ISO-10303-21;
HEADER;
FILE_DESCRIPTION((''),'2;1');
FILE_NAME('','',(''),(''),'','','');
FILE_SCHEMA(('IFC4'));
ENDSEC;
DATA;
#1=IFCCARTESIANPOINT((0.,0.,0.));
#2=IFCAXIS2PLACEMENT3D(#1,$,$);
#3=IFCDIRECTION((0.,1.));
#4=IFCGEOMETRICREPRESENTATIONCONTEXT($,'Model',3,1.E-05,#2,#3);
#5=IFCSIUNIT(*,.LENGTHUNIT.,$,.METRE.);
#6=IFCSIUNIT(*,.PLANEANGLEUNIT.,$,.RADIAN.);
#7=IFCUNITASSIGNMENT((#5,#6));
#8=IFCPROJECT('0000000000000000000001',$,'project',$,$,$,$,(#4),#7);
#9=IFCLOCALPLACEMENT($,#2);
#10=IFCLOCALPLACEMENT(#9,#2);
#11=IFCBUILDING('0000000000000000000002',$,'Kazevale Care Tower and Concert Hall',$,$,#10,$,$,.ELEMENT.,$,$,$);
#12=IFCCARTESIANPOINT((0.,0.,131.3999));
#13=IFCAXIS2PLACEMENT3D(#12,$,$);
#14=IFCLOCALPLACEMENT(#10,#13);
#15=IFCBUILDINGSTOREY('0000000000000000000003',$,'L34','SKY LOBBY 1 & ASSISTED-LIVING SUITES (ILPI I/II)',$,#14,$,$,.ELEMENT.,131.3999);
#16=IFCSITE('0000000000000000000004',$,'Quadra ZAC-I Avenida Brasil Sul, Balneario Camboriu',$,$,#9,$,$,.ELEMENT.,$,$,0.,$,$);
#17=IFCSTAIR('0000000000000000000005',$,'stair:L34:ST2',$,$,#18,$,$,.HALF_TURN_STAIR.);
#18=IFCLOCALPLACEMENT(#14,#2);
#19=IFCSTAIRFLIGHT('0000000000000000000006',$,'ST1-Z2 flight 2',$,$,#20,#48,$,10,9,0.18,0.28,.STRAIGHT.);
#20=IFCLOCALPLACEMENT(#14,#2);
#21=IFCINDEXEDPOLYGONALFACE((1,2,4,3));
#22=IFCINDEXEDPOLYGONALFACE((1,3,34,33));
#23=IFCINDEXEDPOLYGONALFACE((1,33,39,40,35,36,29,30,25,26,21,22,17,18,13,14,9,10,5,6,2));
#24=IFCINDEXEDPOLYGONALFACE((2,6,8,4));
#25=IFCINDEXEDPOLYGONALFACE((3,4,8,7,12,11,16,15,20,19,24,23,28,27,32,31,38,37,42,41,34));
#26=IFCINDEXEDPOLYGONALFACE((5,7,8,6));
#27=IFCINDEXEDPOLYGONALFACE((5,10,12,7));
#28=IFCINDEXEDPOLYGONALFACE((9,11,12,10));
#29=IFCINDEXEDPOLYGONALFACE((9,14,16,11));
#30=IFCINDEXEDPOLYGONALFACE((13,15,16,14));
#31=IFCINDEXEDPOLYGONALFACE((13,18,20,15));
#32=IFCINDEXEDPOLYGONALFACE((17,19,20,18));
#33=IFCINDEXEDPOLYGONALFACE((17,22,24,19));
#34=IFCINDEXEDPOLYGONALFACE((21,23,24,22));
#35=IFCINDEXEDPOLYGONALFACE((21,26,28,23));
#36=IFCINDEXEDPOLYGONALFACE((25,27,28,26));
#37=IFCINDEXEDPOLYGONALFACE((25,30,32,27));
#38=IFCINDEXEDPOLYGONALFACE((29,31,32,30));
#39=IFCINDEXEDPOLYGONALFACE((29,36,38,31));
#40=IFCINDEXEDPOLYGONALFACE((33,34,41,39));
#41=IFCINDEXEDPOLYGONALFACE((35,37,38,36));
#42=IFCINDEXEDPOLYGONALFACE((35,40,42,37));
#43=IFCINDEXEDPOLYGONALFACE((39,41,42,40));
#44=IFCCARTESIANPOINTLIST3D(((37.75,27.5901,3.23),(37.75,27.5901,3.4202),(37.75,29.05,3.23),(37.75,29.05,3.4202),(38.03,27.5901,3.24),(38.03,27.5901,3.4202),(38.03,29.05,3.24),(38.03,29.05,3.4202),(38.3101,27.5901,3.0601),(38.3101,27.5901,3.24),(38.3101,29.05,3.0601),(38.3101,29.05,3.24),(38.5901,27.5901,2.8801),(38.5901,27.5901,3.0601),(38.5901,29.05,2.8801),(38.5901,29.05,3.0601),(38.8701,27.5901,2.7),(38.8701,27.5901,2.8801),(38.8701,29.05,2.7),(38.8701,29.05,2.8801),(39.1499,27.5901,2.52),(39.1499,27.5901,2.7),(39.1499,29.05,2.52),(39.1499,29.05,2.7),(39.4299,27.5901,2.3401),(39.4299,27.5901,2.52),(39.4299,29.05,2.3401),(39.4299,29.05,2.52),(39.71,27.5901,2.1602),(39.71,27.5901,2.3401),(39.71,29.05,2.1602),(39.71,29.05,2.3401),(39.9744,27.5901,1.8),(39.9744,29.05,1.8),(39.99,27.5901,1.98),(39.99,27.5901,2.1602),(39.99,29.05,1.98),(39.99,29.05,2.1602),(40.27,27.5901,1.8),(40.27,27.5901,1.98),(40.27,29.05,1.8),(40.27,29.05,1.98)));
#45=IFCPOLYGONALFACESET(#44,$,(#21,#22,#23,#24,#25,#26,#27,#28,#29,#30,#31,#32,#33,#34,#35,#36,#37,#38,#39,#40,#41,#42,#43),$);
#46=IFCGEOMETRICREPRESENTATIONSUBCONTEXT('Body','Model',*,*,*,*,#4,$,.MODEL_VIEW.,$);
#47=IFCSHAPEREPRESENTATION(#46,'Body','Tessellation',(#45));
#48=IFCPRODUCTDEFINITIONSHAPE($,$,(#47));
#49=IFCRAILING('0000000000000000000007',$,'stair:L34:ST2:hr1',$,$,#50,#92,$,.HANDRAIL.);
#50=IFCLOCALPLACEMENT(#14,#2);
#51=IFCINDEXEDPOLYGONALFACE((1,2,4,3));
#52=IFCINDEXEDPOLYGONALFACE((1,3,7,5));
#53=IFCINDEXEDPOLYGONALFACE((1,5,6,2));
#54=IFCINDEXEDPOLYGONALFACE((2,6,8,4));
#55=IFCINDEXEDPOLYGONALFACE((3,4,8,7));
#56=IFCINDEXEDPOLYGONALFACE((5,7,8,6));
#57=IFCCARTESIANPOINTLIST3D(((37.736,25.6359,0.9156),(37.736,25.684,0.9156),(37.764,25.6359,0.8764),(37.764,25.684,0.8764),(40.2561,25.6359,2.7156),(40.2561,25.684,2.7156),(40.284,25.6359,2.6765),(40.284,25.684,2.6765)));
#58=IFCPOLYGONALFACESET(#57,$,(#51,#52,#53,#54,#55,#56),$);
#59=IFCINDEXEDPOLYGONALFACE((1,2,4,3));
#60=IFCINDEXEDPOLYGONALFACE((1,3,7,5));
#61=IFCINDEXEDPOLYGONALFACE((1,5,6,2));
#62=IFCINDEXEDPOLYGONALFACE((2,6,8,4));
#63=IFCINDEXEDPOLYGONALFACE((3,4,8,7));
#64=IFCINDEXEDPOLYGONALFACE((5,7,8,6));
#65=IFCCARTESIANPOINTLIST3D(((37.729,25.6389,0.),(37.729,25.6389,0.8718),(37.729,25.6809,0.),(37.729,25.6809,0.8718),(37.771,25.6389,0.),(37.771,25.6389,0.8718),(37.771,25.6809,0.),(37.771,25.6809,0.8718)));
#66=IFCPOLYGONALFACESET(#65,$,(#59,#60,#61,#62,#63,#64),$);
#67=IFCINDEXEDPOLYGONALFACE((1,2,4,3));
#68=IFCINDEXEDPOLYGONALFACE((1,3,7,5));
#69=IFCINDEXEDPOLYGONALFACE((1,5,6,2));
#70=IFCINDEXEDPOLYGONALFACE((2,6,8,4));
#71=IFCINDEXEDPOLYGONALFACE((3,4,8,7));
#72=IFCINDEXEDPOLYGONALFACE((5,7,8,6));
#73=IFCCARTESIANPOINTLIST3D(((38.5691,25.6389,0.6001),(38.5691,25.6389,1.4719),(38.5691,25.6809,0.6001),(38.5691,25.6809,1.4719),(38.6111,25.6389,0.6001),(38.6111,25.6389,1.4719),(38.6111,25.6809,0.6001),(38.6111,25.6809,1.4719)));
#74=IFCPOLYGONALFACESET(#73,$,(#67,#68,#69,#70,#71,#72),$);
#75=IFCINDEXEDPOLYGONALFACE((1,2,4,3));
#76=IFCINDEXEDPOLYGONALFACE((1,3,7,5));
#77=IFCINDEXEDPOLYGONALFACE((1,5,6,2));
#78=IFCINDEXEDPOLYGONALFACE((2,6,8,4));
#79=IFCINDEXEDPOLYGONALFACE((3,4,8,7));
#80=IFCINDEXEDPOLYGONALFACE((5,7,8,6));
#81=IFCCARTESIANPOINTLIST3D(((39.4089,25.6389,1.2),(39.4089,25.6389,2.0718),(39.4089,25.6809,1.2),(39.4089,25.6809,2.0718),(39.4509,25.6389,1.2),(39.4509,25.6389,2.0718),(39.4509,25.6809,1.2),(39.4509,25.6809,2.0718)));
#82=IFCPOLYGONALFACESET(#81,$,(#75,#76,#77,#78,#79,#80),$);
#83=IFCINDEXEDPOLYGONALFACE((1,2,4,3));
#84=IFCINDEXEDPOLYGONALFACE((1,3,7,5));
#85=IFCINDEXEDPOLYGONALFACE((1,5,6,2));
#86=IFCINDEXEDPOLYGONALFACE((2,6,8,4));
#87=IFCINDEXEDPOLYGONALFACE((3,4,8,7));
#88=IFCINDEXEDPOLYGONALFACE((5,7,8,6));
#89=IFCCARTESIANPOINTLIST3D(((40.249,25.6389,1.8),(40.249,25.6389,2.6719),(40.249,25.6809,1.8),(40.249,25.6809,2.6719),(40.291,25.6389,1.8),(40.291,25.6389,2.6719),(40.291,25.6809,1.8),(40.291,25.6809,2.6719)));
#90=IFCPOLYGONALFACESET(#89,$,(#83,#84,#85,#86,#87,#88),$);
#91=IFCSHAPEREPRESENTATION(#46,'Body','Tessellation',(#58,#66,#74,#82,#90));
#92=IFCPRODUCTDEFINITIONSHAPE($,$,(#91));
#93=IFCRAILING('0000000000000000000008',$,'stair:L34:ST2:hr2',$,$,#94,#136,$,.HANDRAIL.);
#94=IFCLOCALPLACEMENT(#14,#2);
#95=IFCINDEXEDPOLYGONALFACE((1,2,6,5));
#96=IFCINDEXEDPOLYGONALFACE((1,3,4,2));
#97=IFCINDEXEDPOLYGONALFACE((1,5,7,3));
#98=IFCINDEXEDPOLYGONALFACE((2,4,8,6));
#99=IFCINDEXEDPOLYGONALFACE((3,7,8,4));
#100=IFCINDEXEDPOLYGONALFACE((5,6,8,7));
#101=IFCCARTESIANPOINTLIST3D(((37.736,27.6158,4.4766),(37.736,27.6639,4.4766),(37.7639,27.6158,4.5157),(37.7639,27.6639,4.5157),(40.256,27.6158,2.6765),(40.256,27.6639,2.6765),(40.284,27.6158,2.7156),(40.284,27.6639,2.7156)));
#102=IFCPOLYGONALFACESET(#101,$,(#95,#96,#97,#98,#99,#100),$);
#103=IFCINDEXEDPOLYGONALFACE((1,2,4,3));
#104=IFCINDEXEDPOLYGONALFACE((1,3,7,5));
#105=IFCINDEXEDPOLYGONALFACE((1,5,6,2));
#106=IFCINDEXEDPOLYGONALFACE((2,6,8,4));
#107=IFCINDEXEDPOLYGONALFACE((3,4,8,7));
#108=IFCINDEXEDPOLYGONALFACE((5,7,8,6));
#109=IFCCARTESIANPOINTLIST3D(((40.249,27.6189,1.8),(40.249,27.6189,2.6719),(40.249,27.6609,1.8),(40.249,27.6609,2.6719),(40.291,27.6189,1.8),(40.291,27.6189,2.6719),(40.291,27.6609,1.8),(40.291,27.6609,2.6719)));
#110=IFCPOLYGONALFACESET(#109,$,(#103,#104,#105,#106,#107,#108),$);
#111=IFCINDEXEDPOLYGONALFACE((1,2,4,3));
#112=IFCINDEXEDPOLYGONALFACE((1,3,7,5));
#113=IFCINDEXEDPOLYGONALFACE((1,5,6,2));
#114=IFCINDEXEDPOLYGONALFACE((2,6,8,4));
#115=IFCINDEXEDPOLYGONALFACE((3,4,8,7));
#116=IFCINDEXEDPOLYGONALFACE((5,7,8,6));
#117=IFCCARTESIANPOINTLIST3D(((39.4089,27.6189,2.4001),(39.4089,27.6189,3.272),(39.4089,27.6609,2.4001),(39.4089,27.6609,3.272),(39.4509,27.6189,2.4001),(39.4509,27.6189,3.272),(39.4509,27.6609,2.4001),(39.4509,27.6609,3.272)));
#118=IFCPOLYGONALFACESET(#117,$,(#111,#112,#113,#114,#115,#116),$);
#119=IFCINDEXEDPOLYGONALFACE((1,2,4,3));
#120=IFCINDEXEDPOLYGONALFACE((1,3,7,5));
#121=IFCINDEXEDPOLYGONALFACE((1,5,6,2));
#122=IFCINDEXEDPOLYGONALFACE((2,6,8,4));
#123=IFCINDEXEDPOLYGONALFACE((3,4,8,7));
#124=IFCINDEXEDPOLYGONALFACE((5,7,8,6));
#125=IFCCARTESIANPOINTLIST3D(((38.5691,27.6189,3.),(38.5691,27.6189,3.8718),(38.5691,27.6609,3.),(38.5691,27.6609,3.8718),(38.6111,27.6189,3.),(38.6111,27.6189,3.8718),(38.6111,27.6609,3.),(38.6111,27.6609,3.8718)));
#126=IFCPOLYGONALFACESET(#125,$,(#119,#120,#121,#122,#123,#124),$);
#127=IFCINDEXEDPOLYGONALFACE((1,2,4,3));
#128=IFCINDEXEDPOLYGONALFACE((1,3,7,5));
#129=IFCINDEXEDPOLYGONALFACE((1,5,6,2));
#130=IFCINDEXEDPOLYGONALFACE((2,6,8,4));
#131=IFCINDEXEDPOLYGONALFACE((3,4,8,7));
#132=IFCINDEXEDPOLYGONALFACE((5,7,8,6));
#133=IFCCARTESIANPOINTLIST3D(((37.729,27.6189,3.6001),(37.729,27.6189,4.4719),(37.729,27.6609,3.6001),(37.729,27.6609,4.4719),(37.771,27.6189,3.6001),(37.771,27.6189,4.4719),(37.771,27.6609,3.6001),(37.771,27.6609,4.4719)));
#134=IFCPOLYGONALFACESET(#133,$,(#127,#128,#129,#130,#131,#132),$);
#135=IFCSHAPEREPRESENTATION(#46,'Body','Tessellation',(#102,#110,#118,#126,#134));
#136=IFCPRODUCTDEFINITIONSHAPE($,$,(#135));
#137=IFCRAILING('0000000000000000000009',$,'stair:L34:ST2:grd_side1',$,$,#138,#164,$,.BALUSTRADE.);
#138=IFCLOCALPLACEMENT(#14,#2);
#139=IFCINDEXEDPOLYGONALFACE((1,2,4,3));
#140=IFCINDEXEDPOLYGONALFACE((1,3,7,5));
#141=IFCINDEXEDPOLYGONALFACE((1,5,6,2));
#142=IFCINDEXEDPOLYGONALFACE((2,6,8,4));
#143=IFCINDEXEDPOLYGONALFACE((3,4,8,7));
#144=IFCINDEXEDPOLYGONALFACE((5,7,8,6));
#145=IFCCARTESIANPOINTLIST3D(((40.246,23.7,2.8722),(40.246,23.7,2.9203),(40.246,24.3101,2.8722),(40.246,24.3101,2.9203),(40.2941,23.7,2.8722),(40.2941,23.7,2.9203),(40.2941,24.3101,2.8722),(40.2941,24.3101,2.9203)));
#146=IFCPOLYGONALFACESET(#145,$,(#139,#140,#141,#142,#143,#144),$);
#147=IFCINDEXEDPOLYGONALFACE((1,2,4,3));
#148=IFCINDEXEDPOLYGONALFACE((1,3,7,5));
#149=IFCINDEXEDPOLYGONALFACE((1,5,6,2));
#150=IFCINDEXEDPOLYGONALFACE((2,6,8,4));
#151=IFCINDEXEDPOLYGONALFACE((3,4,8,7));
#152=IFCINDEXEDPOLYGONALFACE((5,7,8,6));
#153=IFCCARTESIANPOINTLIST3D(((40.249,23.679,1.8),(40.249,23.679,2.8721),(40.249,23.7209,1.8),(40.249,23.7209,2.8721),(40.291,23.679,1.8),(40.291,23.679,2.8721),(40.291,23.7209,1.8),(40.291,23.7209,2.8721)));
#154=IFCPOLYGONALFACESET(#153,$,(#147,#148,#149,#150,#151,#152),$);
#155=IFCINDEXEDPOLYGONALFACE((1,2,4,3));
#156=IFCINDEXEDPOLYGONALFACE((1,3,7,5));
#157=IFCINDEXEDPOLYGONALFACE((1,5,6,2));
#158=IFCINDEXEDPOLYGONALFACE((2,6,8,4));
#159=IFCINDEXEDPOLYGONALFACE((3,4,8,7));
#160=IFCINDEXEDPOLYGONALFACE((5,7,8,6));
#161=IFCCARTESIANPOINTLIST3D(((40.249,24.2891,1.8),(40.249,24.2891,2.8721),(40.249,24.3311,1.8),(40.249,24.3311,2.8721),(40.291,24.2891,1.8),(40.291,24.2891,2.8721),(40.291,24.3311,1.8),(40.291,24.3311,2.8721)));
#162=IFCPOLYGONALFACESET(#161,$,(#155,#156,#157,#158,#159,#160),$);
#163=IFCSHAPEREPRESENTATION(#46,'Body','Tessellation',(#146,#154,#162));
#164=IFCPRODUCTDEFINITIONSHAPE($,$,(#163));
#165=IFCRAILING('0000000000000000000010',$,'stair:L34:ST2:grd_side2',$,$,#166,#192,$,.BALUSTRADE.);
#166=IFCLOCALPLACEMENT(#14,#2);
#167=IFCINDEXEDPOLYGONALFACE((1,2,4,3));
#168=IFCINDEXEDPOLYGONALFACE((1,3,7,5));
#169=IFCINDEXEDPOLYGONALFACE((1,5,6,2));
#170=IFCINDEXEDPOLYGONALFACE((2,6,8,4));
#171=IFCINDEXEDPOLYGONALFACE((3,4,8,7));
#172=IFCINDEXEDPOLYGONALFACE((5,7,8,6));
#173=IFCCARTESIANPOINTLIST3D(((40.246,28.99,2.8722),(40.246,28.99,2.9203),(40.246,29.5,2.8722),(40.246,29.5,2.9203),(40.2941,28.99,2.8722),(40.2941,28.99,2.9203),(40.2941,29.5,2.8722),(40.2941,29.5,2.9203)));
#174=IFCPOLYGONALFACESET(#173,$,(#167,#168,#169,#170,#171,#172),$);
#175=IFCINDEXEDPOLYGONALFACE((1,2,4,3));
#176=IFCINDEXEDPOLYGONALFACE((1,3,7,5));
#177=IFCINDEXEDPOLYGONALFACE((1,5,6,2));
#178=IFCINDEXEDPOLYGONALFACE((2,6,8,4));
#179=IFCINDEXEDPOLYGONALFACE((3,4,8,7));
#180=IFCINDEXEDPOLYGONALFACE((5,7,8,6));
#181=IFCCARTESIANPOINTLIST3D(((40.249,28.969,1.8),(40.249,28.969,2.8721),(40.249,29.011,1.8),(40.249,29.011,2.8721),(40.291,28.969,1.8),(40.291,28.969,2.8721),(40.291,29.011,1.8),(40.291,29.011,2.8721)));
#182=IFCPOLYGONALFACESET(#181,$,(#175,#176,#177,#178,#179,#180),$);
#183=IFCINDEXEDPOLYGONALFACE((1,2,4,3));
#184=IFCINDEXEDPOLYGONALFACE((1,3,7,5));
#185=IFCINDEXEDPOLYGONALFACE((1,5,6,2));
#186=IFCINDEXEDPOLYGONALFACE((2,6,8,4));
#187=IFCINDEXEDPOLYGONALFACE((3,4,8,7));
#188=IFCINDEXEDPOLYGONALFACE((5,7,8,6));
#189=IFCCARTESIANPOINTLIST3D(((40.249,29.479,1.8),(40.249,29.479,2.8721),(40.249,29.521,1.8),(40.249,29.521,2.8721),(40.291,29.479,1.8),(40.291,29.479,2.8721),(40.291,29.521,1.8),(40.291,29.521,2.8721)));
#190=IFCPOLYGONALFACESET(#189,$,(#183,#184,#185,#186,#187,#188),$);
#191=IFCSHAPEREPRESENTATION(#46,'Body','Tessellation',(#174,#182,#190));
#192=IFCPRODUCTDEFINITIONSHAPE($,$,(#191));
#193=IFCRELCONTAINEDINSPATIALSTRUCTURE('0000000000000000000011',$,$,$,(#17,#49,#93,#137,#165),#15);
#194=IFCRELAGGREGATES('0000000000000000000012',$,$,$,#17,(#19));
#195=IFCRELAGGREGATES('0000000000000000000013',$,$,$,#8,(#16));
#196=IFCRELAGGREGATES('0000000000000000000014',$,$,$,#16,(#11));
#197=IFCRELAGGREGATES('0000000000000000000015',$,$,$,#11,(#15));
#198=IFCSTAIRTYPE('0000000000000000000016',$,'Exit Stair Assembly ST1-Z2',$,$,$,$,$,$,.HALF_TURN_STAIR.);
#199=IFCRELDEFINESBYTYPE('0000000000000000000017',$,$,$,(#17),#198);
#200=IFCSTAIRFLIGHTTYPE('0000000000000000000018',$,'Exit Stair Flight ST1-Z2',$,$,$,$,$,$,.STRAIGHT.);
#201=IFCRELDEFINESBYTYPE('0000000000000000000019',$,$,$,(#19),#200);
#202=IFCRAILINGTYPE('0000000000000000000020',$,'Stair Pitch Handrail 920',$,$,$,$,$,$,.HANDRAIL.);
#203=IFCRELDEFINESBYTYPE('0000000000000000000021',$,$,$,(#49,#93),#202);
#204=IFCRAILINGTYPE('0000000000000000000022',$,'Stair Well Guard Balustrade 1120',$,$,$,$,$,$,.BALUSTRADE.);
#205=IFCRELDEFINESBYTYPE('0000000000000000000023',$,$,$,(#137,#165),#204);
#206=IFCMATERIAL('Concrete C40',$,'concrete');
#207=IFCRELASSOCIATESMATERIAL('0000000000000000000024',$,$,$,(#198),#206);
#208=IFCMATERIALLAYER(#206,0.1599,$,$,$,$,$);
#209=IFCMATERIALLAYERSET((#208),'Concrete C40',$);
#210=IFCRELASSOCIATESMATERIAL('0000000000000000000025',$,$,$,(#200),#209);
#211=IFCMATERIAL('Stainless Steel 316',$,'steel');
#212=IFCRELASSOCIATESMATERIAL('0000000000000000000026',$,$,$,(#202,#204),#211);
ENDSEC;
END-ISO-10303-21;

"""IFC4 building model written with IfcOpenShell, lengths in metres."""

from ifc_helpers import new_model, si_unit, direction, frame, origin, origin_2d, place, context, subcontext, project, spatial, polyline, rectangle, outline, extrude, material, layer, layer_set, type_object, element, aggregate, save


model = new_model("IFC4")

# Units and contexts
model_context = context("Model", 3, precision=1e-05, world=origin(), true_north=direction((0.0, 1.0)))
body_context = subcontext(model_context, "Body", "Model", "MODEL_VIEW")
ifc_project = project(units=[si_unit("LENGTHUNIT", "METRE"), si_unit("PLANEANGLEUNIT", "RADIAN")], contexts=[model_context])

# Site, building, storey
site_placement = place(None, origin())
site = spatial("IfcSite", under=ifc_project, at=site_placement, Name="Quadra ZAC-I Avenida Brasil Sul, Balneario Camboriu", CompositionType="ELEMENT", RefElevation=0.0)
building_placement = place(site_placement, origin())
building = spatial("IfcBuilding", under=site, at=building_placement, Name="Kazevale Care Tower and Concert Hall", CompositionType="ELEMENT")
storey_placement = place(building_placement, frame((0.0, 0.0, 131.3999)))
storey = spatial("IfcBuildingStorey", under=building, at=storey_placement, Name="L34", Description="SKY LOBBY 1 & ASSISTED-LIVING SUITES (ILPI I/II)", CompositionType="ELEMENT", Elevation=131.3999)

# Shared definitions
ifc_material_1 = material(Name="Concrete C40", Category="concrete")

# Stair, stair flight
stair_type = type_object("IfcStairType", Name="Exit Stair Assembly ST1-Z2", PredefinedType="HALF_TURN_STAIR", material=ifc_material_1)
stair_placement = place(storey_placement, origin())
stair = element("IfcStair", 1, at=stair_placement, inside=storey, type_object=stair_type, Name="stair:L34:ST2", PredefinedType="HALF_TURN_STAIR")
ifc_layer_1 = layer(ifc_material_1, 0.1599)
ifc_layer_set_1 = layer_set([ifc_layer_1], Name="Concrete C40")
stair_flight_type = type_object("IfcStairFlightType", Name="Exit Stair Flight ST1-Z2", PredefinedType="STRAIGHT", material=ifc_layer_set_1)
stair_flight_1_placement = place(storey_placement, frame((40.27, 28.3201, 1.8), z_axis=(0.0, 0.0, 1.0), x_axis=(-1.0, 0.0, 0.0)))
stair_flight_1 = element("IfcStairFlight", 2, at=stair_flight_1_placement, type_object=stair_flight_type, Name="ST1-Z2 flight 2", NumberOfRisers=10, NumberOfTreads=9, PredefinedType="STRAIGHT", RiserHeight=0.18, TreadLength=0.28, context=body_context, shape_type="SweptSolid", body=[
    extrude(outline(polyline([(0.0, 0.0), (0.0, 0.1799), (0.28, 0.1799), (0.28, 0.3601), (0.5601, 0.3601), (0.5601, 0.54), (0.8401, 0.54), (0.8401, 0.72), (1.1201, 0.72), (1.1201, 0.8999), (1.3999, 0.8999), (1.3999, 1.0801), (1.6799, 1.0801), (1.6799, 1.26), (1.96, 1.26), (1.96, 1.4399), (2.24, 1.4399), (2.24, 1.6201), (2.52, 1.6201), (2.52, 1.8), (2.52, 1.4299), (0.2957, 0.0), (0.0, 0.0)])), frame((0.0, 0.73, 0.0), z_axis=(0.0, -1.0, 0.0), x_axis=(1.0, 0.0, 0.0)), (0.0, 0.0, 1.0), 1.46),
])
aggregate(stair, [stair_flight_1])

# Railings
ifc_material_2 = material(Name="Stainless Steel 316", Category="steel")
railing_type_1 = type_object("IfcRailingType", Name="Stair Pitch Handrail 920", PredefinedType="HANDRAIL", material=ifc_material_2)
railing_1_placement = place(storey_placement, frame((37.75, 25.6599, 0.0)))
element("IfcRailing", 3, at=railing_1_placement, inside=storey, type_object=railing_type_1, Name="stair:L34:ST2:hr1", PredefinedType="HANDRAIL", context=body_context, shape_type="SweptSolid", body=[
    extrude(rectangle(XDim=0.0481, YDim=0.0481, at=origin_2d()), frame((0.0, 0.0, 0.896), z_axis=(0.813728, 0.0, 0.581246), x_axis=(0.0, 1.0, 0.0)), (0.0, 0.0, 1.0), 3.0969),
    extrude(rectangle(XDim=0.042, YDim=0.042, at=origin_2d()), origin(), (0.0, 0.0, 1.0), 0.8718),
    extrude(rectangle(XDim=0.042, YDim=0.042, at=origin_2d()), frame((0.8401, 0.0, 0.6001)), (0.0, 0.0, 1.0), 0.8718),
    extrude(rectangle(XDim=0.042, YDim=0.042, at=origin_2d()), frame((1.6799, 0.0, 1.2)), (0.0, 0.0, 1.0), 0.8718),
    extrude(rectangle(XDim=0.042, YDim=0.042, at=origin_2d()), frame((2.52, 0.0, 1.8)), (0.0, 0.0, 1.0), 0.8718),
])
railing_2_placement = place(storey_placement, frame((40.27, 27.6399, 1.8)))
element("IfcRailing", 4, at=railing_2_placement, inside=storey, type_object=railing_type_1, Name="stair:L34:ST2:hr2", PredefinedType="HANDRAIL", context=body_context, shape_type="SweptSolid", body=[
    extrude(rectangle(XDim=0.0481, YDim=0.0481, at=origin_2d()), frame((0.0, 0.0, 0.896), z_axis=(-0.813728, 0.0, 0.581246), x_axis=(0.0, -1.0, 0.0)), (0.0, 0.0, 1.0), 3.0969),
    extrude(rectangle(XDim=0.042, YDim=0.042, at=origin_2d()), origin(), (0.0, 0.0, 1.0), 0.8718),
    extrude(rectangle(XDim=0.042, YDim=0.042, at=origin_2d()), frame((-0.8401, 0.0, 0.6001)), (0.0, 0.0, 1.0), 0.8718),
    extrude(rectangle(XDim=0.042, YDim=0.042, at=origin_2d()), frame((-1.6799, 0.0, 1.2)), (0.0, 0.0, 1.0), 0.8718),
    extrude(rectangle(XDim=0.042, YDim=0.042, at=origin_2d()), frame((-2.52, 0.0, 1.8)), (0.0, 0.0, 1.0), 0.8718),
])
railing_type_2 = type_object("IfcRailingType", Name="Stair Well Guard Balustrade 1120", PredefinedType="BALUSTRADE", material=ifc_material_2)
railing_3_placement = place(storey_placement, frame((40.27, 23.7, 1.8)))
element("IfcRailing", 5, at=railing_3_placement, inside=storey, type_object=railing_type_2, Name="stair:L34:ST2:grd_side1", PredefinedType="BALUSTRADE", context=body_context, shape_type="SweptSolid", body=[
    extrude(rectangle(XDim=0.0481, YDim=0.0481, at=origin_2d()), frame((0.0, 0.0, 1.0962), z_axis=(0.0, 1.0, 0.0), x_axis=(-1.0, 0.0, 0.0)), (0.0, 0.0, 1.0), 0.6101),
    extrude(rectangle(XDim=0.042, YDim=0.042, at=origin_2d()), origin(), (0.0, 0.0, 1.0), 1.072),
    extrude(rectangle(XDim=0.042, YDim=0.042, at=origin_2d()), frame((0.0, 0.6101, 0.0)), (0.0, 0.0, 1.0), 1.072),
])
railing_4_placement = place(storey_placement, frame((40.27, 28.99, 1.8)))
element("IfcRailing", 6, at=railing_4_placement, inside=storey, type_object=railing_type_2, Name="stair:L34:ST2:grd_side2", PredefinedType="BALUSTRADE", context=body_context, shape_type="SweptSolid", body=[
    extrude(rectangle(XDim=0.0481, YDim=0.0481, at=origin_2d()), frame((0.0, 0.0, 1.0962), z_axis=(0.0, 1.0, 0.0), x_axis=(-1.0, 0.0, 0.0)), (0.0, 0.0, 1.0), 0.51),
    extrude(rectangle(XDim=0.042, YDim=0.042, at=origin_2d()), origin(), (0.0, 0.0, 1.0), 1.072),
    extrude(rectangle(XDim=0.042, YDim=0.042, at=origin_2d()), frame((0.0, 0.51, 0.0)), (0.0, 0.0, 1.0), 1.072),
])

save(model, "model.ifc")
